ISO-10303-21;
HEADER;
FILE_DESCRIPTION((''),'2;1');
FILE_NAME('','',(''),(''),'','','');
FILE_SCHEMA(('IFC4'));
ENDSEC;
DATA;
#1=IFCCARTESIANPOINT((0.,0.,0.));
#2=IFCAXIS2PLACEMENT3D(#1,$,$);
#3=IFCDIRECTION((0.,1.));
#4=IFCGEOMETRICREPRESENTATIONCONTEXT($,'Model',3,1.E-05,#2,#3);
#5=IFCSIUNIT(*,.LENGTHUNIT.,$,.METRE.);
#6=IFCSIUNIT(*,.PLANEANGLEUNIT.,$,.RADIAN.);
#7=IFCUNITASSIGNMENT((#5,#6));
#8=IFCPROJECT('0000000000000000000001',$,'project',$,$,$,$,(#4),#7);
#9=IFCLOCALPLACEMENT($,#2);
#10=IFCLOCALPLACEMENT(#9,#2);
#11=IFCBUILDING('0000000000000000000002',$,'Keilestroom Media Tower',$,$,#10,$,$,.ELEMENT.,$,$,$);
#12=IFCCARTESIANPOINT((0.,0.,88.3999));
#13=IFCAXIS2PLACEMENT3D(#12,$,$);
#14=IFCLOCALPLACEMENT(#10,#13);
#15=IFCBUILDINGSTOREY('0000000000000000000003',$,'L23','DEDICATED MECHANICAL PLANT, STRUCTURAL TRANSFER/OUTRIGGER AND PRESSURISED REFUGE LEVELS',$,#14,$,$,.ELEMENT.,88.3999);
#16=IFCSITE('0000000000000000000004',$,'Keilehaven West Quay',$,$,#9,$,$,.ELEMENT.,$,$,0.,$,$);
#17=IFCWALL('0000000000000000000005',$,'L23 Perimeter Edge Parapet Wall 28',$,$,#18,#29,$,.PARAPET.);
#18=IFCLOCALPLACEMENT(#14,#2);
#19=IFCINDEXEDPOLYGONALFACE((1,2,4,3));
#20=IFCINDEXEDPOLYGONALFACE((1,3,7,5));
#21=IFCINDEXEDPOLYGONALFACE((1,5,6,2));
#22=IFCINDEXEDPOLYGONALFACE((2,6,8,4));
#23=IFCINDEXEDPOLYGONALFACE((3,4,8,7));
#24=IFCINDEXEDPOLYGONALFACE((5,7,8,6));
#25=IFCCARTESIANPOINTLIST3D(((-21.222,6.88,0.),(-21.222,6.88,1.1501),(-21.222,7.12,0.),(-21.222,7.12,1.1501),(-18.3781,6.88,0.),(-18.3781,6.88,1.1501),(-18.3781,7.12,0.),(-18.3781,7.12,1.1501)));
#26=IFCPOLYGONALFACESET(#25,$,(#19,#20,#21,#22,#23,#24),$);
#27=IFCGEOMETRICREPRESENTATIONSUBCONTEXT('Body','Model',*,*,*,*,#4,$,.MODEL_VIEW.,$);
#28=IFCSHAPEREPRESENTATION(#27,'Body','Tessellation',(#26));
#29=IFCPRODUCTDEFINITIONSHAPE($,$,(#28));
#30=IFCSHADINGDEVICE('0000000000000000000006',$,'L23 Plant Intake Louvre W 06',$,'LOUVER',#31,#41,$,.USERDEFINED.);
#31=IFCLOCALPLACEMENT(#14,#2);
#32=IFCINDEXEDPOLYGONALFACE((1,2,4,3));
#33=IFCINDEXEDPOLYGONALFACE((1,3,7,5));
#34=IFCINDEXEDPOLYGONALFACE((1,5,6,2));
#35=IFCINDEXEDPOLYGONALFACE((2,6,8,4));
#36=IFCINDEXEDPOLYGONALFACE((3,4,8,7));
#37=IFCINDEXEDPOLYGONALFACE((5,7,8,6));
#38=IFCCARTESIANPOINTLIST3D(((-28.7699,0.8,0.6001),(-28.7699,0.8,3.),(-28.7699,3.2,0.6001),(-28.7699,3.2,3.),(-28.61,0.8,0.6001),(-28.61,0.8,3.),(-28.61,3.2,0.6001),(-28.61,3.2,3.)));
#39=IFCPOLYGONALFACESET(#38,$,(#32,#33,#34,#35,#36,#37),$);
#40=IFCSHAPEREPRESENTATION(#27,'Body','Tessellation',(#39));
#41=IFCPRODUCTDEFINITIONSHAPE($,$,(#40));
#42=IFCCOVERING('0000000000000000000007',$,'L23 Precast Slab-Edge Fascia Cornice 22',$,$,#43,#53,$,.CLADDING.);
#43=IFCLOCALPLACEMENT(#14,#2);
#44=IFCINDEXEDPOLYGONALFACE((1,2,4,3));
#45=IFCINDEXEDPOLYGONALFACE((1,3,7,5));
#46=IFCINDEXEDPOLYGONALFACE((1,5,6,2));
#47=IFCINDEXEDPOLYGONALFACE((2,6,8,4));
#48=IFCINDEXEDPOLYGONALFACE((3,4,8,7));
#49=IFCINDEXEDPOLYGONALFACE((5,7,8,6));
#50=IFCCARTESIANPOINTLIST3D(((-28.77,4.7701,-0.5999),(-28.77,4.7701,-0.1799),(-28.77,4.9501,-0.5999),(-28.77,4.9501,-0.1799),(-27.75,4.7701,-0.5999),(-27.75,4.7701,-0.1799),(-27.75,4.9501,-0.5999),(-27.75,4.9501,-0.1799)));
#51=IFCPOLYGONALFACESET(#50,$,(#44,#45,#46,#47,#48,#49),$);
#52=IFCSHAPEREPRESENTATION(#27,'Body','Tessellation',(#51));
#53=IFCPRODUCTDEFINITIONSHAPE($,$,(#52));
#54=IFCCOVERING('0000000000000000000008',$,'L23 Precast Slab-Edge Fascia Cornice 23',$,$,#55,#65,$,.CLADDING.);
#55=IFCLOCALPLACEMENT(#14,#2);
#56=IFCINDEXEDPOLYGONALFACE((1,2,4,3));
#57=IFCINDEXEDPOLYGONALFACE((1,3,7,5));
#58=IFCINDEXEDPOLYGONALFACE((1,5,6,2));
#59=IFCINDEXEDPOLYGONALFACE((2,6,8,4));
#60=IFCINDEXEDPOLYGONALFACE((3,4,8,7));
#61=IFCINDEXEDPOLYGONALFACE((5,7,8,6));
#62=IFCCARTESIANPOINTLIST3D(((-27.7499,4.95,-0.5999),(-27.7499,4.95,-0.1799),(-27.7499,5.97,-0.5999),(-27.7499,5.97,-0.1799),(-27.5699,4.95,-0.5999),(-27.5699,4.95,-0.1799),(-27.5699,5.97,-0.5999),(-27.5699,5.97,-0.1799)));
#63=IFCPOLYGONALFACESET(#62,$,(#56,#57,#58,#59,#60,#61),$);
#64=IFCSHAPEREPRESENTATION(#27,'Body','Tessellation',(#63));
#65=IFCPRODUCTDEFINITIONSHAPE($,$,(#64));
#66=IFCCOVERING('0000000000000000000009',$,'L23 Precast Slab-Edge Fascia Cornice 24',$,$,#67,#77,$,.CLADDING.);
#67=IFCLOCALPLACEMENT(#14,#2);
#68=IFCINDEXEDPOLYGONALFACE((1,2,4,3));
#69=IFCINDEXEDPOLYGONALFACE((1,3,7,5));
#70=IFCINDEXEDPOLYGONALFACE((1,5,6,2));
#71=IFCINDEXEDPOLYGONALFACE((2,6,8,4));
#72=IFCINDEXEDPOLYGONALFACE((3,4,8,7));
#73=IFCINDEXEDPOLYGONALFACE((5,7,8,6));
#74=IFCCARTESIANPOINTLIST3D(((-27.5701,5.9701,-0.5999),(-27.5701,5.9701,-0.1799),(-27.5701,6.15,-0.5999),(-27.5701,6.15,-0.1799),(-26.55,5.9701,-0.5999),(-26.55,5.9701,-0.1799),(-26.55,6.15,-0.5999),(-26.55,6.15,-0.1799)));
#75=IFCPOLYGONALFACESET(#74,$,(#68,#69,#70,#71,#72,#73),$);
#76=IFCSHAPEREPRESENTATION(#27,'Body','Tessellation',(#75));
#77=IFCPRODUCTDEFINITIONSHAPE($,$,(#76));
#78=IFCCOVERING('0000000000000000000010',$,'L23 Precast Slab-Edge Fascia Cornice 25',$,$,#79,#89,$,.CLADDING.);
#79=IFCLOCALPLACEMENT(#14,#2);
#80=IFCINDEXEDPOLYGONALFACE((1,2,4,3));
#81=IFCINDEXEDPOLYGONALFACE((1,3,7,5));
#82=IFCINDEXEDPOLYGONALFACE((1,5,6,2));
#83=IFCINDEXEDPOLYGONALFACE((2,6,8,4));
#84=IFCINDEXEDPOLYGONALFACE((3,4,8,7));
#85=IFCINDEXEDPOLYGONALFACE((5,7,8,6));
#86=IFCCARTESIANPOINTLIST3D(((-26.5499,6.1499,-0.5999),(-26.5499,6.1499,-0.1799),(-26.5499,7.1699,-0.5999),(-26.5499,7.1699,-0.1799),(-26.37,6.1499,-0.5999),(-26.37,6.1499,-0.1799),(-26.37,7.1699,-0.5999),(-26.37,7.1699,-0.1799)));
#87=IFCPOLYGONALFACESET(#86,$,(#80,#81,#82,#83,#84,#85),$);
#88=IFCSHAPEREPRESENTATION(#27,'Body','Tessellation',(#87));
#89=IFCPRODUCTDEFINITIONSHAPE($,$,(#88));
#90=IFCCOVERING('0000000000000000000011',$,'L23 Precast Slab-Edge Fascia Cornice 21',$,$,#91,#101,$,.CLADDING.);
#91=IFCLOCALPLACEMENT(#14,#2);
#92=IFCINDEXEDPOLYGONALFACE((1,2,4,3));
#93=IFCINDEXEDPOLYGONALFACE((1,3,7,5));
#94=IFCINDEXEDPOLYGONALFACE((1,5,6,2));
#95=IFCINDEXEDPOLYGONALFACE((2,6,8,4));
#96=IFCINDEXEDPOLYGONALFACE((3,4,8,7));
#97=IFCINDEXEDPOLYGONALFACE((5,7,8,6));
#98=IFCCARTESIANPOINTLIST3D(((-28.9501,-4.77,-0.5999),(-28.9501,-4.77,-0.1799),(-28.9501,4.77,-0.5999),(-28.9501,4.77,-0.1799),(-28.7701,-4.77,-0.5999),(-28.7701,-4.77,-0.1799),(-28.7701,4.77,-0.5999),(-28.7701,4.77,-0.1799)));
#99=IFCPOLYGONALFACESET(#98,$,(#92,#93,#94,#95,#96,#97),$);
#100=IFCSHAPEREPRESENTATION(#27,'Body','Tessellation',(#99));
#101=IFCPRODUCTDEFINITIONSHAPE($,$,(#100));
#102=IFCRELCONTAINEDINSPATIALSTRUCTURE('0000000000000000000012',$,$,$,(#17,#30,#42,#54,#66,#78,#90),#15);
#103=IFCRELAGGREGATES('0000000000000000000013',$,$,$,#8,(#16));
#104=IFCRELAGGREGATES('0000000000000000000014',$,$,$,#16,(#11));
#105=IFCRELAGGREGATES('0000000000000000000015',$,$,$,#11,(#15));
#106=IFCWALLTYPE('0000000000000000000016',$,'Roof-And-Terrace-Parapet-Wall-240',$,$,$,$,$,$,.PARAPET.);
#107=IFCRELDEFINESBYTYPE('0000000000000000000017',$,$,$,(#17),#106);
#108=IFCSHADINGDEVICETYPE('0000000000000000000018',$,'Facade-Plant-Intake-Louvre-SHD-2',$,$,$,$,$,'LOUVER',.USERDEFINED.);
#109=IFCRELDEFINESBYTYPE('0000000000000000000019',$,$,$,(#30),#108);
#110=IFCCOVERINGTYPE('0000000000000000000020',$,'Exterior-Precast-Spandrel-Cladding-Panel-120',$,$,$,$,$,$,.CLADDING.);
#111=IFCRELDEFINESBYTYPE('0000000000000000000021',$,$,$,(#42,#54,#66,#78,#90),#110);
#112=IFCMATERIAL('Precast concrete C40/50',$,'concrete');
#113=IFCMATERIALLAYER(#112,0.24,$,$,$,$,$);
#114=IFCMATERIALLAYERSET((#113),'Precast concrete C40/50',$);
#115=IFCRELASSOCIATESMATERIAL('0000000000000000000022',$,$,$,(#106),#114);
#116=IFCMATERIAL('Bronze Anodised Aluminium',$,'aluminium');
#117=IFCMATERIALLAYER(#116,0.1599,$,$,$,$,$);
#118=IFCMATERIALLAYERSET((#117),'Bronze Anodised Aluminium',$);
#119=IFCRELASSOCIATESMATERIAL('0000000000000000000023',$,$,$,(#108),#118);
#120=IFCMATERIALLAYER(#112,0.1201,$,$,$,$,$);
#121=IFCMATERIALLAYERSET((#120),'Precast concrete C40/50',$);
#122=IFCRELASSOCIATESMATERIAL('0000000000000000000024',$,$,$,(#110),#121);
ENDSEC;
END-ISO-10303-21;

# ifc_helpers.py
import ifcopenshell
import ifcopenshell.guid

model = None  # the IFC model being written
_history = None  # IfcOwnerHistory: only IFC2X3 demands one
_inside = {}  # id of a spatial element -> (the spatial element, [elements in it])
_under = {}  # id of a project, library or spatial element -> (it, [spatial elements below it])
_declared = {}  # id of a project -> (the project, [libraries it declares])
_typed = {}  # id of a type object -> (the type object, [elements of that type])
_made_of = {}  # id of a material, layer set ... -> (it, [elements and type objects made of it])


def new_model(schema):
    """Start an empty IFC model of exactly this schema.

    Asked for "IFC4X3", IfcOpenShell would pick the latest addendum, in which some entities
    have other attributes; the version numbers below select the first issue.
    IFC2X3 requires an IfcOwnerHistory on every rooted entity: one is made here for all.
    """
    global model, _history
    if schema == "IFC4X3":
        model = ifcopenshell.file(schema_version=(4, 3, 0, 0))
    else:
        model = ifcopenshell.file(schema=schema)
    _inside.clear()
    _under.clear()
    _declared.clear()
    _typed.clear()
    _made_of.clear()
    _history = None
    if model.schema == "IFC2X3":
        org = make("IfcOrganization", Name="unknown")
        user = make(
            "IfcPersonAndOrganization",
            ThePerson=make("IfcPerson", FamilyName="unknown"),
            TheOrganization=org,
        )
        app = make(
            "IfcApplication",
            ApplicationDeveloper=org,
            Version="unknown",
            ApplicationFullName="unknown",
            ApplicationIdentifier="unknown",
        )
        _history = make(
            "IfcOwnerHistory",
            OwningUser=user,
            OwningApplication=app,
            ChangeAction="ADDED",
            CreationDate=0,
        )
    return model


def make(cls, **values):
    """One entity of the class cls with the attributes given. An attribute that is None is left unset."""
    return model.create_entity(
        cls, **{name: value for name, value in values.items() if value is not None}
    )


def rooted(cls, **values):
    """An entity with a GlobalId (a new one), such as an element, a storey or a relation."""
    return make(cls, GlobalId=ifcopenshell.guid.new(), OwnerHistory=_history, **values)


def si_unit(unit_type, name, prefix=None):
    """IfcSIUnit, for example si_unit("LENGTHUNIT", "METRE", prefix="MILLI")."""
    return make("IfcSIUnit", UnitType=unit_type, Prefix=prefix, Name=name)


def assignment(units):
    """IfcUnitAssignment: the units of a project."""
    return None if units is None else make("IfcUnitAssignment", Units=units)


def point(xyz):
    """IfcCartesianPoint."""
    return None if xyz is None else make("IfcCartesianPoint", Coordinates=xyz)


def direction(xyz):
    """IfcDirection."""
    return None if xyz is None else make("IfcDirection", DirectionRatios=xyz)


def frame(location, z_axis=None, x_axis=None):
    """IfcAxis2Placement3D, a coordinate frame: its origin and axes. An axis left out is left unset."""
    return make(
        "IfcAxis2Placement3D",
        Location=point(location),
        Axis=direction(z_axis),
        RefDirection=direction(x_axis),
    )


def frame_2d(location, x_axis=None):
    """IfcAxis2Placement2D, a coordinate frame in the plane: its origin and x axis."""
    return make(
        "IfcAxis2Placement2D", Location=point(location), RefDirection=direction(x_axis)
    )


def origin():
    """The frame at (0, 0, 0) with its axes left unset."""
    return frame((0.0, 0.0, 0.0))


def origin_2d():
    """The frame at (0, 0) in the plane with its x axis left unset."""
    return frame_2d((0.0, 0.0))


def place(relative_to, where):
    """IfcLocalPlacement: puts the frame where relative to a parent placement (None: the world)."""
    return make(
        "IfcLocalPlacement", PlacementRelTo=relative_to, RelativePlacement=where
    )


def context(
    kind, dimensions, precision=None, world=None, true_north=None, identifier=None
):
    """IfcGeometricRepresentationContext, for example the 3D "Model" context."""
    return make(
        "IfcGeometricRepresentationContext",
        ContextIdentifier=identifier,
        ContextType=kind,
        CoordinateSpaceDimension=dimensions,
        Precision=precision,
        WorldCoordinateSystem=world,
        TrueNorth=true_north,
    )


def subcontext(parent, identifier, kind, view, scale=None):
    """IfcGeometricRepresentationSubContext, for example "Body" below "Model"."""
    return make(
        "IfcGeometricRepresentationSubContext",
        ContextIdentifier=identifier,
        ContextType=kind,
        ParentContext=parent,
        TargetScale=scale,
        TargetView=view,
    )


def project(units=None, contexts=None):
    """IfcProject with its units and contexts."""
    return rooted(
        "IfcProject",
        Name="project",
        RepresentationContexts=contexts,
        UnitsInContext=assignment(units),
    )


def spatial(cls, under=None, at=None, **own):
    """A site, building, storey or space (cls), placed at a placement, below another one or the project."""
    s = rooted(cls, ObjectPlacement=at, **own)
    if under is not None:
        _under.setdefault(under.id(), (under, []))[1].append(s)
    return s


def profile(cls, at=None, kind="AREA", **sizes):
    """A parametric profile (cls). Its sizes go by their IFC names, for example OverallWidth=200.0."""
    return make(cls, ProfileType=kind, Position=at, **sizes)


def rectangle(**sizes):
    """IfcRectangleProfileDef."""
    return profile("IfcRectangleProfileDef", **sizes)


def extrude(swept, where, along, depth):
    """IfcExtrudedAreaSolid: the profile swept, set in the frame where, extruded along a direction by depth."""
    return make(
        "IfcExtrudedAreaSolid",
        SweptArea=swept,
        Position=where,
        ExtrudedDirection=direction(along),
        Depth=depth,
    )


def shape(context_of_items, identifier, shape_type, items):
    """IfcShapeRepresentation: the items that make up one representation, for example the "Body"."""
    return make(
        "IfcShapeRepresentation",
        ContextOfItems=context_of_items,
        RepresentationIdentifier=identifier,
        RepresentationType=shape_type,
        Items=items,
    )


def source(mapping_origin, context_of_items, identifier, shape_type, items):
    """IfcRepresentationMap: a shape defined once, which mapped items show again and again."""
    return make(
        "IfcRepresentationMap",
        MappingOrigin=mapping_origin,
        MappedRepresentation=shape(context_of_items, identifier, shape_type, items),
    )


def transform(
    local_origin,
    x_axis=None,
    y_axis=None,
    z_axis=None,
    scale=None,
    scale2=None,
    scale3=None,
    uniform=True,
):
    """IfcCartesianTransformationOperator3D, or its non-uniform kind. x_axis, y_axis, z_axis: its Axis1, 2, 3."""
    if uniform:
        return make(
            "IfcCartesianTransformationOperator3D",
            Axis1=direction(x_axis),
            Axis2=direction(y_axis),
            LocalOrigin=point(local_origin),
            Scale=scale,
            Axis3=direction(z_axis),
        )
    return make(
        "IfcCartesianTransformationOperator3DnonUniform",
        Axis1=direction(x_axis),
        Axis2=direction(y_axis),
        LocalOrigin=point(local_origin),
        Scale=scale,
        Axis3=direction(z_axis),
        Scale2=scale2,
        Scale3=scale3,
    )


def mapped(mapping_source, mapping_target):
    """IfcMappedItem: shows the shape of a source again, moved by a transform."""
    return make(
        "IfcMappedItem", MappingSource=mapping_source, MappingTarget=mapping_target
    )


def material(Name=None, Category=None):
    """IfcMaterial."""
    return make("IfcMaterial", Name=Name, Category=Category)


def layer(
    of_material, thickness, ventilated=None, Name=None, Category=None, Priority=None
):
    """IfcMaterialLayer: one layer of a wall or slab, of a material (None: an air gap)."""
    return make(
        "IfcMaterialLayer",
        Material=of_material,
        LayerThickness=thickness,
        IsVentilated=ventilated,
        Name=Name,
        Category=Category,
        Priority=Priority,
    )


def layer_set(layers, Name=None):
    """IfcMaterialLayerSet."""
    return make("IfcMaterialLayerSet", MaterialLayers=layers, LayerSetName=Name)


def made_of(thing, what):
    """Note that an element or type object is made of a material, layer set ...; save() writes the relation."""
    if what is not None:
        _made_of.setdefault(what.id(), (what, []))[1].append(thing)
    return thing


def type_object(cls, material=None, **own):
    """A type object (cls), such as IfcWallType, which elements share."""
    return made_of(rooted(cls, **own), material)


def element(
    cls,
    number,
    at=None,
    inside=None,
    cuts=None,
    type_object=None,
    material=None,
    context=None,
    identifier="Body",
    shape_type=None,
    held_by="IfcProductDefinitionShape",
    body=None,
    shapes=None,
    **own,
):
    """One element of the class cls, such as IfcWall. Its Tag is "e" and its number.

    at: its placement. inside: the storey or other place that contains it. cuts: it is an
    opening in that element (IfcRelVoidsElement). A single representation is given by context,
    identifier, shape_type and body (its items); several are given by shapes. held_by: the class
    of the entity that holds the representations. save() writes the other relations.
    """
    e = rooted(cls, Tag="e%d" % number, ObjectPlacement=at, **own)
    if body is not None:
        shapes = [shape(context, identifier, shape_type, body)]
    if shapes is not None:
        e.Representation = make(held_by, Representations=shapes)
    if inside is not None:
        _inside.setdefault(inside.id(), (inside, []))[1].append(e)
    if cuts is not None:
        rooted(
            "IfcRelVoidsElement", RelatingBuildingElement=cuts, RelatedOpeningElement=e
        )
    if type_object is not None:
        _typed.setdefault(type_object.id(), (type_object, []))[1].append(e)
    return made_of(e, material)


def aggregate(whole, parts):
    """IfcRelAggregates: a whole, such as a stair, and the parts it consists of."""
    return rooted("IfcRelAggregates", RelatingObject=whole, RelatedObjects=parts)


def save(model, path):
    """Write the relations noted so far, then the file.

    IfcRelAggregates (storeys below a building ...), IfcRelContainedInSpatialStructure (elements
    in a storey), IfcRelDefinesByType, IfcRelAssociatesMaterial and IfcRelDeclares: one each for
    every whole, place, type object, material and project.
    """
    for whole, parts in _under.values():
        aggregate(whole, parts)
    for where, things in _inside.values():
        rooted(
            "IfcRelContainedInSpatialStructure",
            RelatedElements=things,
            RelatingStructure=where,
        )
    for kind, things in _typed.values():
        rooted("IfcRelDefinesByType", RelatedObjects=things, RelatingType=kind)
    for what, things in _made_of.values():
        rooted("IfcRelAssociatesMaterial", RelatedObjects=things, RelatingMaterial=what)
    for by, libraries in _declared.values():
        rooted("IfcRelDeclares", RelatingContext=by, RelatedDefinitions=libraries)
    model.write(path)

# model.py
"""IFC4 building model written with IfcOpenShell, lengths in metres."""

from ifc_helpers import new_model, si_unit, direction, frame, frame_2d, origin, origin_2d, place, context, subcontext, project, spatial, rectangle, extrude, source, transform, mapped, material, layer, layer_set, type_object, element, save


model = new_model("IFC4")

# Units and contexts
model_context = context("Model", 3, precision=1e-05, world=origin(), true_north=direction((0.0, 1.0)))
body_context = subcontext(model_context, "Body", "Model", "MODEL_VIEW")
ifc_project = project(units=[si_unit("LENGTHUNIT", "METRE"), si_unit("PLANEANGLEUNIT", "RADIAN")], contexts=[model_context])

# Site, building, storey
site_placement = place(None, origin())
site = spatial("IfcSite", under=ifc_project, at=site_placement, Name="Keilehaven West Quay", CompositionType="ELEMENT", RefElevation=0.0)
building_placement = place(site_placement, origin())
building = spatial("IfcBuilding", under=site, at=building_placement, Name="Keilestroom Media Tower", CompositionType="ELEMENT")
storey_placement = place(building_placement, frame((0.0, 0.0, 88.3999)))
storey = spatial("IfcBuildingStorey", under=building, at=storey_placement, Name="L23", Description="DEDICATED MECHANICAL PLANT, STRUCTURAL TRANSFER/OUTRIGGER AND PRESSURISED REFUGE LEVELS", CompositionType="ELEMENT", Elevation=88.3999)

# Shared definitions
ifc_material_1 = material(Name="Precast concrete C40/50", Category="concrete")

# Wall
ifc_layer_1 = layer(ifc_material_1, 0.24)
ifc_layer_set_1 = layer_set([ifc_layer_1], Name="Precast concrete C40/50")
wall_type = type_object("IfcWallType", Name="Roof-And-Terrace-Parapet-Wall-240", PredefinedType="PARAPET", material=ifc_layer_set_1)
for number, where, z_axis, x_axis, name in (
    (1, (-21.2219, 7.0, 0.0), (0.0, 0.0, 1.0), (1.0, 0.0, 0.0), "L23 Perimeter Edge Parapet Wall 28"),
):
    element("IfcWall", number, at=place(storey_placement, frame(where, z_axis=z_axis, x_axis=x_axis)), inside=storey, type_object=wall_type, Name=name, PredefinedType="PARAPET", context=body_context, shape_type="SweptSolid", body=[
        extrude(rectangle(XDim=2.844, YDim=0.24, at=frame_2d((1.4219, 0.0))), origin(), (0.0, 0.0, 1.0), 1.1501),
    ])

# Shading device
ifc_material_2 = material(Name="Bronze Anodised Aluminium", Category="aluminium")
ifc_layer_2 = layer(ifc_material_2, 0.1599)
ifc_layer_set_2 = layer_set([ifc_layer_2], Name="Bronze Anodised Aluminium")
shading_device_type = type_object("IfcShadingDeviceType", Name="Facade-Plant-Intake-Louvre-SHD-2", ElementType="LOUVER", PredefinedType="USERDEFINED", material=ifc_layer_set_2)
shared_shape_1 = source(origin(), body_context, "Body", "SweptSolid", [
    extrude(rectangle(XDim=0.1599, YDim=2.3999, at=origin_2d()), origin(), (0.0, 0.0, 1.0), 2.3999),
])
shading_device_placement = place(storey_placement, frame((-28.6899, 2.0, 0.6001), z_axis=(0.0, 0.0, 1.0), x_axis=(1.0, 0.0, 0.0)))
element("IfcShadingDevice", 2, at=shading_device_placement, inside=storey, type_object=shading_device_type, Name="L23 Plant Intake Louvre W 06", ObjectType="LOUVER", PredefinedType="USERDEFINED", context=body_context, shape_type="MappedRepresentation", body=[
    mapped(shared_shape_1, transform((0.0, 0.0, 0.0), x_axis=(1.0, 0.0, 0.0), y_axis=(0.0, 1.0, 0.0), z_axis=(0.0, 0.0, 1.0), scale=1.0)),
])

# Coverings
ifc_layer_3 = layer(ifc_material_1, 0.1201)
ifc_layer_set_3 = layer_set([ifc_layer_3], Name="Precast concrete C40/50")
covering_type = type_object("IfcCoveringType", Name="Exterior-Precast-Spandrel-Cladding-Panel-120", PredefinedType="CLADDING", material=ifc_layer_set_3)
shared_shape_2 = source(origin(), body_context, "Body", "SweptSolid", [
    extrude(rectangle(XDim=1.02, YDim=0.1799, at=origin_2d()), origin(), (0.0, 0.0, 1.0), 0.4199),
])
for number, where, z_axis, x_axis, name in (
    (3, (-28.26, 4.8601, -0.5999), (0.0, 0.0, 1.0), (1.0, 0.0, 0.0), "L23 Precast Slab-Edge Fascia Cornice 22"),
    (4, (-27.6599, 5.46, -0.5999), (0.0, 0.0, 1.0), (0.0, 1.0, 0.0), "L23 Precast Slab-Edge Fascia Cornice 23"),
    (5, (-27.0601, 6.0601, -0.5999), (0.0, 0.0, 1.0), (1.0, 0.0, 0.0), "L23 Precast Slab-Edge Fascia Cornice 24"),
    (6, (-26.46, 6.6599, -0.5999), (0.0, 0.0, 1.0), (0.0, 1.0, 0.0), "L23 Precast Slab-Edge Fascia Cornice 25"),
):
    element("IfcCovering", number, at=place(storey_placement, frame(where, z_axis=z_axis, x_axis=x_axis)), inside=storey, type_object=covering_type, Name=name, PredefinedType="CLADDING", context=body_context, shape_type="MappedRepresentation", body=[
        mapped(shared_shape_2, transform((0.0, 0.0, 0.0), x_axis=(1.0, 0.0, 0.0), y_axis=(0.0, 1.0, 0.0), z_axis=(0.0, 0.0, 1.0), scale=1.0)),
    ])
shared_shape_3 = source(origin(), body_context, "Body", "SweptSolid", [
    extrude(rectangle(XDim=9.54, YDim=0.1799, at=origin_2d()), origin(), (0.0, 0.0, 1.0), 0.4199),
])
covering_placement = place(storey_placement, frame((-28.8601, 0.0, -0.5999), z_axis=(0.0, 0.0, 1.0), x_axis=(0.0, 1.0, 0.0)))
element("IfcCovering", 7, at=covering_placement, inside=storey, type_object=covering_type, Name="L23 Precast Slab-Edge Fascia Cornice 21", PredefinedType="CLADDING", context=body_context, shape_type="MappedRepresentation", body=[
    mapped(shared_shape_3, transform((0.0, 0.0, 0.0), x_axis=(1.0, 0.0, 0.0), y_axis=(0.0, 1.0, 0.0), z_axis=(0.0, 0.0, 1.0), scale=1.0)),
])

save(model, "model.ifc")
